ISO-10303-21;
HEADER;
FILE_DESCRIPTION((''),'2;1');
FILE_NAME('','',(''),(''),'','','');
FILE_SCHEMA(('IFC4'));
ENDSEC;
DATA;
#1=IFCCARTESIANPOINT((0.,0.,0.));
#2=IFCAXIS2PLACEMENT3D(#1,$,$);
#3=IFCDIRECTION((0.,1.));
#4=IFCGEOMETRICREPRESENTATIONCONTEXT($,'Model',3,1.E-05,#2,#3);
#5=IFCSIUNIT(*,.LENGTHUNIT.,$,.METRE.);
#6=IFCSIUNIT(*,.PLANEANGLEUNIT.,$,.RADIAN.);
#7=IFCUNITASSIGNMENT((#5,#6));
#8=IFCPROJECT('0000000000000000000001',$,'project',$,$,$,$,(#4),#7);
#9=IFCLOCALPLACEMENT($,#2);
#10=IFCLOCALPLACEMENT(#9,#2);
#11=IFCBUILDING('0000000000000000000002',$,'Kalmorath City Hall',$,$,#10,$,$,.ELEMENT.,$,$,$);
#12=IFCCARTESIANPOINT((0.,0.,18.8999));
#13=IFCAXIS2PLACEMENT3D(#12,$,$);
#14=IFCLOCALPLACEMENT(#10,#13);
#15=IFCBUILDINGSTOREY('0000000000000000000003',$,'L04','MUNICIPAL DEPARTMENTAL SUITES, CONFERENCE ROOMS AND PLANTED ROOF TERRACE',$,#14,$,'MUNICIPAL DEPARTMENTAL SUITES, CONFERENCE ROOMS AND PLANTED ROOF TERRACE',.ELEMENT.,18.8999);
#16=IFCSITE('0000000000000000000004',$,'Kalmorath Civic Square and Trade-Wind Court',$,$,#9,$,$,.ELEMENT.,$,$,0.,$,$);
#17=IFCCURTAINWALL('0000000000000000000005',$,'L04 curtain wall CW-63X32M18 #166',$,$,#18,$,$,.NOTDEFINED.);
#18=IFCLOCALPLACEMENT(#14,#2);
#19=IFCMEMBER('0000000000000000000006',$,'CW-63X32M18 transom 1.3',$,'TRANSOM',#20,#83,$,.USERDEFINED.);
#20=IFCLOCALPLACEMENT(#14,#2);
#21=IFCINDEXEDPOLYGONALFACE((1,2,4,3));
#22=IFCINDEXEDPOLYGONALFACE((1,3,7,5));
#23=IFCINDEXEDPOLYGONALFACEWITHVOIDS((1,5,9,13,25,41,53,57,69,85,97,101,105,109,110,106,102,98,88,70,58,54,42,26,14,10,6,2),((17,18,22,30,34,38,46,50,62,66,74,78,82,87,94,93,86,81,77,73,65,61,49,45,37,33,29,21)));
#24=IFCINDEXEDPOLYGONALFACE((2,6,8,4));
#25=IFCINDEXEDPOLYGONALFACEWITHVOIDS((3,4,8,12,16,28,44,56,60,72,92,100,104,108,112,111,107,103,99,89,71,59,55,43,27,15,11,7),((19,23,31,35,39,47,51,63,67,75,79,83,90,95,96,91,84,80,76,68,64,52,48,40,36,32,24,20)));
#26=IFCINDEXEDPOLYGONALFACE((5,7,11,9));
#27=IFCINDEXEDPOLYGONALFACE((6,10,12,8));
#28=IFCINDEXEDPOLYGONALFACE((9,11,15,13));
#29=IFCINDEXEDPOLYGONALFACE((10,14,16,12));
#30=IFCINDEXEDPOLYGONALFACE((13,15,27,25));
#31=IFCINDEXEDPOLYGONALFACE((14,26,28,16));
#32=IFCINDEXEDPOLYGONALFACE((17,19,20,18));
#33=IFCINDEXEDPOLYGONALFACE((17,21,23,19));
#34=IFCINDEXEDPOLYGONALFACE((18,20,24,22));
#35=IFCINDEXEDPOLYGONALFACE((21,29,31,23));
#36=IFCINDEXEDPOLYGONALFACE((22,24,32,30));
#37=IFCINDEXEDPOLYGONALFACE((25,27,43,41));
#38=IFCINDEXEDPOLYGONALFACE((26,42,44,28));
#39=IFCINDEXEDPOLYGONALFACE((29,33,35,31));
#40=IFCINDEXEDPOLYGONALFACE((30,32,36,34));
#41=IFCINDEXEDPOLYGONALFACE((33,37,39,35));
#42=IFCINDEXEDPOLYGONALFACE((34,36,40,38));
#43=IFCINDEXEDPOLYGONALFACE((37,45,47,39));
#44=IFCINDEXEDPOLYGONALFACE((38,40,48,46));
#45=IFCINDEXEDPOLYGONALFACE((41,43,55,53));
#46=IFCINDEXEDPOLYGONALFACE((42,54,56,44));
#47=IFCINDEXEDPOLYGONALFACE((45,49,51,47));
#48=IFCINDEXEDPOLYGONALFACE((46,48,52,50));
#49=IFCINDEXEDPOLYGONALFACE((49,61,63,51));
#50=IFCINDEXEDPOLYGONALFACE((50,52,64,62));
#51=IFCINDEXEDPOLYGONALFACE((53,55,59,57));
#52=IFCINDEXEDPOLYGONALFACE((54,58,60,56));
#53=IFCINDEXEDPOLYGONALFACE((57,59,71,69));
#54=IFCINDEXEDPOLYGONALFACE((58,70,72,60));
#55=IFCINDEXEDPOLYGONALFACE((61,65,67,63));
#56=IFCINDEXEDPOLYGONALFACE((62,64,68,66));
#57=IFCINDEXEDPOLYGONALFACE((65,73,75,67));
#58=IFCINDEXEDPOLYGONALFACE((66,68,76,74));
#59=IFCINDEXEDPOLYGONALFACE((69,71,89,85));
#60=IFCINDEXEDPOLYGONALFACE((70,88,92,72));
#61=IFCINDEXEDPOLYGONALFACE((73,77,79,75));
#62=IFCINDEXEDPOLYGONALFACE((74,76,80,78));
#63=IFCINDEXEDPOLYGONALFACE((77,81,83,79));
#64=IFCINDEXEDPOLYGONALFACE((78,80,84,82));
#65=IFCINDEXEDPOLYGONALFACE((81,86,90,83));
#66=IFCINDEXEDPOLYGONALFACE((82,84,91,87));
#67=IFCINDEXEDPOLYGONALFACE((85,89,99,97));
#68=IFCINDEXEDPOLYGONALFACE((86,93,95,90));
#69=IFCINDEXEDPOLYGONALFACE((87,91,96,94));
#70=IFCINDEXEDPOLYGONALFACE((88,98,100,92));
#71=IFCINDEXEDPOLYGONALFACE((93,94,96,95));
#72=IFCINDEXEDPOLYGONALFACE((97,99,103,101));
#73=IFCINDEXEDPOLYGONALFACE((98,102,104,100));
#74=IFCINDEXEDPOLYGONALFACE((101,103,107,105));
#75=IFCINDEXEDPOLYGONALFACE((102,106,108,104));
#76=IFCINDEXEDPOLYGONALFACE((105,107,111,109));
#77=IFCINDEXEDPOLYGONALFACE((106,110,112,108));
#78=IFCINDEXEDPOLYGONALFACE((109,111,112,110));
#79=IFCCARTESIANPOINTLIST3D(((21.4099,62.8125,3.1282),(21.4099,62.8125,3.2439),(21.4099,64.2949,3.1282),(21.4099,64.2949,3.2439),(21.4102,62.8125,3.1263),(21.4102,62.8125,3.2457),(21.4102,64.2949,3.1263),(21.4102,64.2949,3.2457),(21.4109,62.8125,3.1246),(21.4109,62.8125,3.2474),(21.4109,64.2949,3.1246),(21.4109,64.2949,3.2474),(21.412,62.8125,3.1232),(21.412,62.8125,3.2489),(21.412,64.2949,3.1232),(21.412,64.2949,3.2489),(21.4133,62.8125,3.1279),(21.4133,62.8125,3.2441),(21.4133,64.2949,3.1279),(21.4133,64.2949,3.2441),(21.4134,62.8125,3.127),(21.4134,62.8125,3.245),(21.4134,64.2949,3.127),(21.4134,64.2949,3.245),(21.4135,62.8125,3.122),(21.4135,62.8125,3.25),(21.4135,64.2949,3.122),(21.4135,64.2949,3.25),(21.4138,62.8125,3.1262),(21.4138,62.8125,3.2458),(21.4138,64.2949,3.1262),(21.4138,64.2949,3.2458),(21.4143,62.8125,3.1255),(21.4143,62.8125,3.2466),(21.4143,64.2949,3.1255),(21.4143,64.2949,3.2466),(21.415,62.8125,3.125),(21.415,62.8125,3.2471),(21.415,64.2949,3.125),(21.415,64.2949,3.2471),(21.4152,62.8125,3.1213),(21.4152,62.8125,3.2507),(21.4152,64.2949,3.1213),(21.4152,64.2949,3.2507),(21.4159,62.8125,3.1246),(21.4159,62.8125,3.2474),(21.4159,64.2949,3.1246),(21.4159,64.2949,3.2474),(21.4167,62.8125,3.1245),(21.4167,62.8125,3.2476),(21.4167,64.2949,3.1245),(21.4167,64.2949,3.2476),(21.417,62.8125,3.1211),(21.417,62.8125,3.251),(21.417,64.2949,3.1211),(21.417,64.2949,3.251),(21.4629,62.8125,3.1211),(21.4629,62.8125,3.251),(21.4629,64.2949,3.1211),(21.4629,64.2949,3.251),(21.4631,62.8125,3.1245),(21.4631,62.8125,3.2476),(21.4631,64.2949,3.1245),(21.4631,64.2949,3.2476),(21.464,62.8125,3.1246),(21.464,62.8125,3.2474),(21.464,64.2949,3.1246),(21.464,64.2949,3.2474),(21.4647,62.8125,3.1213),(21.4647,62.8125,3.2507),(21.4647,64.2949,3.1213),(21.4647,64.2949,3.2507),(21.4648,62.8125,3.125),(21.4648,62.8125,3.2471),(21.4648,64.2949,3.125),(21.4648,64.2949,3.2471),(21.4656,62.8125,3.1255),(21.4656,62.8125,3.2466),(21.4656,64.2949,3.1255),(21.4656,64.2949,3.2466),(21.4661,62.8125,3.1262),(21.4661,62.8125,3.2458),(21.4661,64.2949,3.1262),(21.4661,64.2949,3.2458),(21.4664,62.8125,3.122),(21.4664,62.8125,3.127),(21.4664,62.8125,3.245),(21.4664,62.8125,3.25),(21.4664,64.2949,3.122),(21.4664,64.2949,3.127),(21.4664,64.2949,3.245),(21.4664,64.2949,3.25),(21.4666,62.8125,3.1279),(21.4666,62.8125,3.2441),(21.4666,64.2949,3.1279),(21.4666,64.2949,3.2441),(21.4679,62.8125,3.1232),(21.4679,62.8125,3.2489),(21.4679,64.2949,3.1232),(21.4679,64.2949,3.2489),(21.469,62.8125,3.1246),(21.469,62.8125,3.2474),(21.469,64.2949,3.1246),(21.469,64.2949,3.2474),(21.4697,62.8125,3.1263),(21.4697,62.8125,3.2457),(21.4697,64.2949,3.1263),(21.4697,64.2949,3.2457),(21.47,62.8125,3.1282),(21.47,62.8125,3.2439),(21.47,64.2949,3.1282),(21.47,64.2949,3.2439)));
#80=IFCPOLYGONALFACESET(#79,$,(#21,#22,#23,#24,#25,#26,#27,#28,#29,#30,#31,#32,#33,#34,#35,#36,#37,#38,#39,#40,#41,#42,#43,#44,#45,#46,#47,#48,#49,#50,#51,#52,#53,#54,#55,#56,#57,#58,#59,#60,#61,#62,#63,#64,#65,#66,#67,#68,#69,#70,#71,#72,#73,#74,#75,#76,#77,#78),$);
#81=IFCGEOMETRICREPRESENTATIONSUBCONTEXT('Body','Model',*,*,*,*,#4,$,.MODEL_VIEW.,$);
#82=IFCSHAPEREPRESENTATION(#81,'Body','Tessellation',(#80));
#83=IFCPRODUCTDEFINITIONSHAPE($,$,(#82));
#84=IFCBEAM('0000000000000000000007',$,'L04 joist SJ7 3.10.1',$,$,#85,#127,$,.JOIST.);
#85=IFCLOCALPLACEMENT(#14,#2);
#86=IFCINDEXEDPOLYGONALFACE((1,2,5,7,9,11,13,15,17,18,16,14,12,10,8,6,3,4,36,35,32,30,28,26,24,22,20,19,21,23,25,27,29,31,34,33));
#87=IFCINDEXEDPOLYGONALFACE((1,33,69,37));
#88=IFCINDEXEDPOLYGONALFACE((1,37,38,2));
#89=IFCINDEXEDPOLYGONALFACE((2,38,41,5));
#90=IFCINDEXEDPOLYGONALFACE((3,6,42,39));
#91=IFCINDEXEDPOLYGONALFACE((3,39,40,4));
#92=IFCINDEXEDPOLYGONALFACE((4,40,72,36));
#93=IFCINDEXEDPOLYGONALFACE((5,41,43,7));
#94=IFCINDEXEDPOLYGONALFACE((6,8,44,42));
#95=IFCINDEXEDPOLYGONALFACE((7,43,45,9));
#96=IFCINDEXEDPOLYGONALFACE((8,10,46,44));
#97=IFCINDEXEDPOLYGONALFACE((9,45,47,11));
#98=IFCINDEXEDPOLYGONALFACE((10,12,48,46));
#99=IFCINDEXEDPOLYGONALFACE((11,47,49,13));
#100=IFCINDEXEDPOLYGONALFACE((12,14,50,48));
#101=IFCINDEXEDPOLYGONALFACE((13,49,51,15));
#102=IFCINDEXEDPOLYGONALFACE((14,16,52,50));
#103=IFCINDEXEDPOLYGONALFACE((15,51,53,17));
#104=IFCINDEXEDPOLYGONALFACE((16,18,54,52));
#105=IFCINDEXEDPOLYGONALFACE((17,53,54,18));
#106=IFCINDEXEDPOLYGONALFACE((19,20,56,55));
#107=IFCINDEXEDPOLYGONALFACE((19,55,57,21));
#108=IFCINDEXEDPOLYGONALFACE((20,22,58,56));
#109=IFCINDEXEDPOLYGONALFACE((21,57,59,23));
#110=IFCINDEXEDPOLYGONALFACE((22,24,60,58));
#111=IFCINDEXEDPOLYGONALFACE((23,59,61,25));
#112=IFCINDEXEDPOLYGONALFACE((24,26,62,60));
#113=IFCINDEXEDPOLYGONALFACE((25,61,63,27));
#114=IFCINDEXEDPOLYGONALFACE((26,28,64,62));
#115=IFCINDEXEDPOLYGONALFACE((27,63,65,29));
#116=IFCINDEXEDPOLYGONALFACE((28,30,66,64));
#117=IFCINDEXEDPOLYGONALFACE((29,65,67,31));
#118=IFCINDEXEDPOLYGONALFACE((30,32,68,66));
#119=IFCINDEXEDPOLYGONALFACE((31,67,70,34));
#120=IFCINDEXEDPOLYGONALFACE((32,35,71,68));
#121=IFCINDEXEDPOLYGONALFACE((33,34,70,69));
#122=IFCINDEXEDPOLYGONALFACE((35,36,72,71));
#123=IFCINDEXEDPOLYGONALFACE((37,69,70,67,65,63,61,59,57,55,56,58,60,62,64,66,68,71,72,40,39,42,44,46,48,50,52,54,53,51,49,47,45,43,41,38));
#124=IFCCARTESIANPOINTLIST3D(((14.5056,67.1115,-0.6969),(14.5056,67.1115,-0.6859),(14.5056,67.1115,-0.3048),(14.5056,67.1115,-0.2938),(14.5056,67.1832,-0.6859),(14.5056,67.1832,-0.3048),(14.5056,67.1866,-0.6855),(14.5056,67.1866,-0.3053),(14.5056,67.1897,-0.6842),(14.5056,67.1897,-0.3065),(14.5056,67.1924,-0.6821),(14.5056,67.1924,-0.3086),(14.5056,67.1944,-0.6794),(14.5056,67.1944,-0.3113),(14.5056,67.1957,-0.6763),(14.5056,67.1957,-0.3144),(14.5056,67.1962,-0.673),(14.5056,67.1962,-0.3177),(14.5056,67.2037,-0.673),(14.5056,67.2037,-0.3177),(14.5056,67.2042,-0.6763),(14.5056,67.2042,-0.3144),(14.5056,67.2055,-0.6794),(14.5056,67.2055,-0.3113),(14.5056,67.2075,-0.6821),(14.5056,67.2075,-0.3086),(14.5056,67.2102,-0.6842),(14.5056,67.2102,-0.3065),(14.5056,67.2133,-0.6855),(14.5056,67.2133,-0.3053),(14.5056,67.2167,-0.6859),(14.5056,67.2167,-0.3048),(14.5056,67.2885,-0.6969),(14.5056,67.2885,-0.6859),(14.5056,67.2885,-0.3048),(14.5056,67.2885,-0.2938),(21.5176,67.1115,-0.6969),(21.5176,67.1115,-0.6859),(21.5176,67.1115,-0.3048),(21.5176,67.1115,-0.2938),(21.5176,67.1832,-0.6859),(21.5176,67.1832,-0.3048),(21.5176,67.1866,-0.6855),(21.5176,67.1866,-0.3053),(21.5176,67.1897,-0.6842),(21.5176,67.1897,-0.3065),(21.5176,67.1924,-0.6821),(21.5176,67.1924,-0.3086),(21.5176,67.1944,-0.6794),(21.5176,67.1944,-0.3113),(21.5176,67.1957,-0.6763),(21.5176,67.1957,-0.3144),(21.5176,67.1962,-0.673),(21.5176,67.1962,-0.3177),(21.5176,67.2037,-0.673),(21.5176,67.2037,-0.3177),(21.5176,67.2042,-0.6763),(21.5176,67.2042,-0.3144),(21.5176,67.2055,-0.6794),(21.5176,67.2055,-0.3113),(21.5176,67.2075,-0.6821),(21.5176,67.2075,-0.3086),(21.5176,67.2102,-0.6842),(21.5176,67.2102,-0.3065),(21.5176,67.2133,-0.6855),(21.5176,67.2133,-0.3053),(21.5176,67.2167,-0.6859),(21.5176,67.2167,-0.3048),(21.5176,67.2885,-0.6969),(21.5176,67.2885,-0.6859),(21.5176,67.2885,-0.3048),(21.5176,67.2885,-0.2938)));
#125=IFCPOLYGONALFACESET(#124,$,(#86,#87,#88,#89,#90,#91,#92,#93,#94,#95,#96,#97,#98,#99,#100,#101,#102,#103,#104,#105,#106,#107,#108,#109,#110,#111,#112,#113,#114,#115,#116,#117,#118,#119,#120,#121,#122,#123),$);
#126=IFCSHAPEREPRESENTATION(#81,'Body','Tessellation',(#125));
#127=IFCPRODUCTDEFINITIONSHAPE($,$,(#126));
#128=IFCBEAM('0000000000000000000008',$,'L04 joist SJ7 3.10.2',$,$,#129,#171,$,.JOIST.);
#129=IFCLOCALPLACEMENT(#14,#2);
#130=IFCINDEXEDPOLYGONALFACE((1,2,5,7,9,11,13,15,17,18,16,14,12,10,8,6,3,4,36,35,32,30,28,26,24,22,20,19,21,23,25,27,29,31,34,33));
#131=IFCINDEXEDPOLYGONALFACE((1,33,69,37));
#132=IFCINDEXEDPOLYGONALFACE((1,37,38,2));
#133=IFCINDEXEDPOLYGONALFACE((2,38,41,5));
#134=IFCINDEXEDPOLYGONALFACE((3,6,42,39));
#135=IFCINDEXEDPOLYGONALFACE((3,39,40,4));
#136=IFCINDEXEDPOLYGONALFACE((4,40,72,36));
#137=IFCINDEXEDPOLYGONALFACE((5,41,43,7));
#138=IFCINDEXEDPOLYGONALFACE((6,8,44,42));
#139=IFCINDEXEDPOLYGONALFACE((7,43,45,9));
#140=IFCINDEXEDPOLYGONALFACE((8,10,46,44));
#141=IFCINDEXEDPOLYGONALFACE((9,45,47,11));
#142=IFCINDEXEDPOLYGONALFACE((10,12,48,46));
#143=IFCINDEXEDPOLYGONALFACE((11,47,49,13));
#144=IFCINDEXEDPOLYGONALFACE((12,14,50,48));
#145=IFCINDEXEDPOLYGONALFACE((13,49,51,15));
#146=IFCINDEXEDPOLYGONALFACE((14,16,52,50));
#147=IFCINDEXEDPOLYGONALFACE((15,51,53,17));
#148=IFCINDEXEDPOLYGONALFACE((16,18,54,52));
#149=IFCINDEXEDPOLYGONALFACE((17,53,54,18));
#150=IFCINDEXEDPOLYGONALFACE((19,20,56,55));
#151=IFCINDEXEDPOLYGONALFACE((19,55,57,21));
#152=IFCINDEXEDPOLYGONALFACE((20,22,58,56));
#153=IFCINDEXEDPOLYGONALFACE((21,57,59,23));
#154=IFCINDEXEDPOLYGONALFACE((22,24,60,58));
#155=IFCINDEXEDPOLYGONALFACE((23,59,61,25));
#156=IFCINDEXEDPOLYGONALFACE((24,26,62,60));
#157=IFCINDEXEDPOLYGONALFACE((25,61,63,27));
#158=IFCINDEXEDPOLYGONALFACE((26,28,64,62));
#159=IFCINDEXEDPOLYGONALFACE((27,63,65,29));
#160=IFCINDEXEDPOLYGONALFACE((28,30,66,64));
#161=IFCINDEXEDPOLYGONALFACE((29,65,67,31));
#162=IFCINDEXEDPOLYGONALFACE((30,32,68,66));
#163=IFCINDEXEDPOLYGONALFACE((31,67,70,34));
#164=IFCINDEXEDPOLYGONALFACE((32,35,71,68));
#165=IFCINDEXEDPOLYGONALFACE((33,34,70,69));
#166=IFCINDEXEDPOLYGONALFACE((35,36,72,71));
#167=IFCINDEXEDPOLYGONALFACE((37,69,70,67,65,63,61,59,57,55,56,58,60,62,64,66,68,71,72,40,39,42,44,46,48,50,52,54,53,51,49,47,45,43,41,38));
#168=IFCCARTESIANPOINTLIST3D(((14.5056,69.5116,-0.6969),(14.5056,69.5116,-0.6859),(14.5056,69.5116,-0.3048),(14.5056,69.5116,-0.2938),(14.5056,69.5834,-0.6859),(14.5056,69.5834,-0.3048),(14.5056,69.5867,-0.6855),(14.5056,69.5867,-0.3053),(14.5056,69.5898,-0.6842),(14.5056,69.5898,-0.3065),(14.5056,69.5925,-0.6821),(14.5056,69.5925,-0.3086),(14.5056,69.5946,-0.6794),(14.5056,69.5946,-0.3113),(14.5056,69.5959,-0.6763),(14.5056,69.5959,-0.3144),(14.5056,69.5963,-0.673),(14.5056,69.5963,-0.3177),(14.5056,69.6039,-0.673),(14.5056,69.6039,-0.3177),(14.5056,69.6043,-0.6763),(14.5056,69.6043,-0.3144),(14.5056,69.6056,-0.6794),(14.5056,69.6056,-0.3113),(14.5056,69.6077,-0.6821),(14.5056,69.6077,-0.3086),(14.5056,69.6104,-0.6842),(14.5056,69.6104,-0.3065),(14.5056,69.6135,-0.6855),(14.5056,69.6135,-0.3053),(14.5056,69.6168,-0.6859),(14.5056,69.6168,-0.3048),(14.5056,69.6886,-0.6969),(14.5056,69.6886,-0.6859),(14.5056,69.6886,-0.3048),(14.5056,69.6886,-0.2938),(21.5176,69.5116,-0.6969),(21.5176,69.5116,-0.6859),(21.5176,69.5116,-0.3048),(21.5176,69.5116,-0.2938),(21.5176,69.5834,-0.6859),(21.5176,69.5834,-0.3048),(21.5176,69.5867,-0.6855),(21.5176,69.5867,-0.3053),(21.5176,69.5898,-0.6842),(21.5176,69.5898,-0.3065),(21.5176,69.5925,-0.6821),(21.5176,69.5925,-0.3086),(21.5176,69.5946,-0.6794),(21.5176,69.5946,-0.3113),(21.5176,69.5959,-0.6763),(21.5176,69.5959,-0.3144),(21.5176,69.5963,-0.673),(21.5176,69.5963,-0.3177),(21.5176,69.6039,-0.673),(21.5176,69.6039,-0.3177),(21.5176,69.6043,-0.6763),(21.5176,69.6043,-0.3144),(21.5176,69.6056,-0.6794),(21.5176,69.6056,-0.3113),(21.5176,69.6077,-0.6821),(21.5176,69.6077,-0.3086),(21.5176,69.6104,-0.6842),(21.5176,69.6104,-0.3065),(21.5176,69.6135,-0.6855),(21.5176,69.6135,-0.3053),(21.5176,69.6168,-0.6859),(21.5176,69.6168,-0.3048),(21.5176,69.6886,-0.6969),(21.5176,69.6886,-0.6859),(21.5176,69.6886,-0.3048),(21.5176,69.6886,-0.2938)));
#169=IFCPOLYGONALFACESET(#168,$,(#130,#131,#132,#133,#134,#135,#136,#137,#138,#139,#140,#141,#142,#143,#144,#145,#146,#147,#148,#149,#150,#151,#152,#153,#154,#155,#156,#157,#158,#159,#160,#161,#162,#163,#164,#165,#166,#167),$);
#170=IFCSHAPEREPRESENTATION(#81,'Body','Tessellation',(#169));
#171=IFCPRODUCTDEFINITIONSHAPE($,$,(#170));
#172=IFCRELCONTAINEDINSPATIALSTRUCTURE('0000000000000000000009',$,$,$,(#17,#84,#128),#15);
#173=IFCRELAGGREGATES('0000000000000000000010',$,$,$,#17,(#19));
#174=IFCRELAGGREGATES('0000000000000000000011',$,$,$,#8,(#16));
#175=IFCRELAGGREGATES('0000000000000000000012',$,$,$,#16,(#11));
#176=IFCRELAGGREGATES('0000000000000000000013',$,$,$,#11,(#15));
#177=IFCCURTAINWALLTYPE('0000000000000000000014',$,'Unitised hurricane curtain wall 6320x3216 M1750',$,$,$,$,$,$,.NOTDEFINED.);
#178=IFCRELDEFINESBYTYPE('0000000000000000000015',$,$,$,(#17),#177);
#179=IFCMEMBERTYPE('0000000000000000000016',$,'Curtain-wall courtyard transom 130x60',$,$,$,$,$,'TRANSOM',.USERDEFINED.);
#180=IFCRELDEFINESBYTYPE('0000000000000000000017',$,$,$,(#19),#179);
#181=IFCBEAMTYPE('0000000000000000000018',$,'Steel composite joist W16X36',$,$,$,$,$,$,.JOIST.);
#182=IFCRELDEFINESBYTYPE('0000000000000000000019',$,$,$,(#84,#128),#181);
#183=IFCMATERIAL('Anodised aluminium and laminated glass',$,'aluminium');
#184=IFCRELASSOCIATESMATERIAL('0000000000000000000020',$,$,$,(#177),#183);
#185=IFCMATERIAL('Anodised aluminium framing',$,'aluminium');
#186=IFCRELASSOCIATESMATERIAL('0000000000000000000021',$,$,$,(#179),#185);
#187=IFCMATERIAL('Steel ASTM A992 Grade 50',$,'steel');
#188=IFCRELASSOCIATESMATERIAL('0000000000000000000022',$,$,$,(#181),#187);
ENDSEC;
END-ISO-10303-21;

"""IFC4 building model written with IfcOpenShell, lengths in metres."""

from ifc_helpers import new_model, si_unit, direction, frame, origin, origin_2d, place, context, subcontext, project, spatial, hollow_rectangle, i_section, extrude, material, material_profile, profile_set, type_object, element, aggregate, save


model = new_model("IFC4")

# Units and contexts
model_context = context("Model", 3, precision=1e-05, world=origin(), true_north=direction((0.0, 1.0)))
body_context = subcontext(model_context, "Body", "Model", "MODEL_VIEW")
ifc_project = project(units=[si_unit("LENGTHUNIT", "METRE"), si_unit("PLANEANGLEUNIT", "RADIAN")], contexts=[model_context])

# Site, building, storey
site_placement = place(None, origin())
site = spatial("IfcSite", under=ifc_project, at=site_placement, Name="Kalmorath Civic Square and Trade-Wind Court", CompositionType="ELEMENT", RefElevation=0.0)
building_placement = place(site_placement, origin())
building = spatial("IfcBuilding", under=site, at=building_placement, Name="Kalmorath City Hall", CompositionType="ELEMENT")
storey_placement = place(building_placement, frame((0.0, 0.0, 18.8999)))
storey = spatial("IfcBuildingStorey", under=building, at=storey_placement, Name="L04", Description="MUNICIPAL DEPARTMENTAL SUITES, CONFERENCE ROOMS AND PLANTED ROOF TERRACE", LongName="MUNICIPAL DEPARTMENTAL SUITES, CONFERENCE ROOMS AND PLANTED ROOF TERRACE", CompositionType="ELEMENT", Elevation=18.8999)

# Curtain wall
ifc_material_1 = material(Name="Anodised aluminium and laminated glass", Category="aluminium")
curtain_wall_type_1 = type_object("IfcCurtainWallType", Name="Unitised hurricane curtain wall 6320x3216 M1750", PredefinedType="NOTDEFINED", material=ifc_material_1)
curtain_wall_1_placement = place(storey_placement, origin())
curtain_wall_1 = element("IfcCurtainWall", 1, at=curtain_wall_1_placement, inside=storey, type_object=curtain_wall_type_1, Name="L04 curtain wall CW-63X32M18 #166", PredefinedType="NOTDEFINED")

# Member
ifc_material_2 = material(Name="Anodised aluminium framing", Category="aluminium")
ifc_material_profile_1 = material_profile(ifc_material_2, hollow_rectangle(XDim=0.0601, YDim=0.1299, WallThickness=0.0034, InnerFilletRadius=0.0034, OuterFilletRadius=0.0071, at=origin_2d()), Name="ALU-TRN-130X60X3.5")
ifc_profile_set_1 = profile_set([ifc_material_profile_1], Name="Anodised aluminium framing")
member_type_1 = type_object("IfcMemberType", Name="Curtain-wall courtyard transom 130x60", ElementType="TRANSOM", PredefinedType="USERDEFINED", material=ifc_profile_set_1)
member_1_placement = place(storey_placement, frame((21.4399, 64.2949, 3.186), z_axis=(0.0, -1.0, 0.0), x_axis=(1.0, 0.0, 0.0)))
member_1 = element("IfcMember", 2, at=member_1_placement, type_object=member_type_1, Name="CW-63X32M18 transom 1.3", ObjectType="TRANSOM", PredefinedType="USERDEFINED", context=body_context, shape_type="SweptSolid", body=[
    extrude(hollow_rectangle(XDim=0.0601, YDim=0.1299, WallThickness=0.0034, InnerFilletRadius=0.0034, OuterFilletRadius=0.0071, at=origin_2d()), origin(), (0.0, 0.0, 1.0), 1.4824),
])
aggregate(curtain_wall_1, [member_1])

# Beams
ifc_material_3 = material(Name="Steel ASTM A992 Grade 50", Category="steel")
ifc_material_profile_2 = material_profile(ifc_material_3, i_section(OverallWidth=0.177, OverallDepth=0.4031, WebThickness=0.0076, FlangeThickness=0.011, FilletRadius=0.0129, at=origin_2d()), Name="W16X36")
ifc_profile_set_2 = profile_set([ifc_material_profile_2], Name="Steel ASTM A992 Grade 50")
beam_type_1 = type_object("IfcBeamType", Name="Steel composite joist W16X36", PredefinedType="JOIST", material=ifc_profile_set_2)
for number, where, z_axis, x_axis, name in (
    (3, (14.5056, 67.2, -0.4954), (1.0, 0.0, 0.0), (0.0, 1.0, 0.0), "L04 joist SJ7 3.10.1"),
    (4, (14.5056, 69.6001, -0.4954), (1.0, 0.0, 0.0), (0.0, 1.0, 0.0), "L04 joist SJ7 3.10.2"),
):
    element("IfcBeam", number, at=place(storey_placement, frame(where, z_axis=z_axis, x_axis=x_axis)), inside=storey, type_object=beam_type_1, Name=name, PredefinedType="JOIST", context=body_context, shape_type="SweptSolid", body=[
        extrude(i_section(OverallWidth=0.177, OverallDepth=0.4031, WebThickness=0.0076, FlangeThickness=0.011, FilletRadius=0.0129, at=origin_2d()), origin(), (0.0, 0.0, 1.0), 7.012),
    ])

save(model, "model.ifc")
